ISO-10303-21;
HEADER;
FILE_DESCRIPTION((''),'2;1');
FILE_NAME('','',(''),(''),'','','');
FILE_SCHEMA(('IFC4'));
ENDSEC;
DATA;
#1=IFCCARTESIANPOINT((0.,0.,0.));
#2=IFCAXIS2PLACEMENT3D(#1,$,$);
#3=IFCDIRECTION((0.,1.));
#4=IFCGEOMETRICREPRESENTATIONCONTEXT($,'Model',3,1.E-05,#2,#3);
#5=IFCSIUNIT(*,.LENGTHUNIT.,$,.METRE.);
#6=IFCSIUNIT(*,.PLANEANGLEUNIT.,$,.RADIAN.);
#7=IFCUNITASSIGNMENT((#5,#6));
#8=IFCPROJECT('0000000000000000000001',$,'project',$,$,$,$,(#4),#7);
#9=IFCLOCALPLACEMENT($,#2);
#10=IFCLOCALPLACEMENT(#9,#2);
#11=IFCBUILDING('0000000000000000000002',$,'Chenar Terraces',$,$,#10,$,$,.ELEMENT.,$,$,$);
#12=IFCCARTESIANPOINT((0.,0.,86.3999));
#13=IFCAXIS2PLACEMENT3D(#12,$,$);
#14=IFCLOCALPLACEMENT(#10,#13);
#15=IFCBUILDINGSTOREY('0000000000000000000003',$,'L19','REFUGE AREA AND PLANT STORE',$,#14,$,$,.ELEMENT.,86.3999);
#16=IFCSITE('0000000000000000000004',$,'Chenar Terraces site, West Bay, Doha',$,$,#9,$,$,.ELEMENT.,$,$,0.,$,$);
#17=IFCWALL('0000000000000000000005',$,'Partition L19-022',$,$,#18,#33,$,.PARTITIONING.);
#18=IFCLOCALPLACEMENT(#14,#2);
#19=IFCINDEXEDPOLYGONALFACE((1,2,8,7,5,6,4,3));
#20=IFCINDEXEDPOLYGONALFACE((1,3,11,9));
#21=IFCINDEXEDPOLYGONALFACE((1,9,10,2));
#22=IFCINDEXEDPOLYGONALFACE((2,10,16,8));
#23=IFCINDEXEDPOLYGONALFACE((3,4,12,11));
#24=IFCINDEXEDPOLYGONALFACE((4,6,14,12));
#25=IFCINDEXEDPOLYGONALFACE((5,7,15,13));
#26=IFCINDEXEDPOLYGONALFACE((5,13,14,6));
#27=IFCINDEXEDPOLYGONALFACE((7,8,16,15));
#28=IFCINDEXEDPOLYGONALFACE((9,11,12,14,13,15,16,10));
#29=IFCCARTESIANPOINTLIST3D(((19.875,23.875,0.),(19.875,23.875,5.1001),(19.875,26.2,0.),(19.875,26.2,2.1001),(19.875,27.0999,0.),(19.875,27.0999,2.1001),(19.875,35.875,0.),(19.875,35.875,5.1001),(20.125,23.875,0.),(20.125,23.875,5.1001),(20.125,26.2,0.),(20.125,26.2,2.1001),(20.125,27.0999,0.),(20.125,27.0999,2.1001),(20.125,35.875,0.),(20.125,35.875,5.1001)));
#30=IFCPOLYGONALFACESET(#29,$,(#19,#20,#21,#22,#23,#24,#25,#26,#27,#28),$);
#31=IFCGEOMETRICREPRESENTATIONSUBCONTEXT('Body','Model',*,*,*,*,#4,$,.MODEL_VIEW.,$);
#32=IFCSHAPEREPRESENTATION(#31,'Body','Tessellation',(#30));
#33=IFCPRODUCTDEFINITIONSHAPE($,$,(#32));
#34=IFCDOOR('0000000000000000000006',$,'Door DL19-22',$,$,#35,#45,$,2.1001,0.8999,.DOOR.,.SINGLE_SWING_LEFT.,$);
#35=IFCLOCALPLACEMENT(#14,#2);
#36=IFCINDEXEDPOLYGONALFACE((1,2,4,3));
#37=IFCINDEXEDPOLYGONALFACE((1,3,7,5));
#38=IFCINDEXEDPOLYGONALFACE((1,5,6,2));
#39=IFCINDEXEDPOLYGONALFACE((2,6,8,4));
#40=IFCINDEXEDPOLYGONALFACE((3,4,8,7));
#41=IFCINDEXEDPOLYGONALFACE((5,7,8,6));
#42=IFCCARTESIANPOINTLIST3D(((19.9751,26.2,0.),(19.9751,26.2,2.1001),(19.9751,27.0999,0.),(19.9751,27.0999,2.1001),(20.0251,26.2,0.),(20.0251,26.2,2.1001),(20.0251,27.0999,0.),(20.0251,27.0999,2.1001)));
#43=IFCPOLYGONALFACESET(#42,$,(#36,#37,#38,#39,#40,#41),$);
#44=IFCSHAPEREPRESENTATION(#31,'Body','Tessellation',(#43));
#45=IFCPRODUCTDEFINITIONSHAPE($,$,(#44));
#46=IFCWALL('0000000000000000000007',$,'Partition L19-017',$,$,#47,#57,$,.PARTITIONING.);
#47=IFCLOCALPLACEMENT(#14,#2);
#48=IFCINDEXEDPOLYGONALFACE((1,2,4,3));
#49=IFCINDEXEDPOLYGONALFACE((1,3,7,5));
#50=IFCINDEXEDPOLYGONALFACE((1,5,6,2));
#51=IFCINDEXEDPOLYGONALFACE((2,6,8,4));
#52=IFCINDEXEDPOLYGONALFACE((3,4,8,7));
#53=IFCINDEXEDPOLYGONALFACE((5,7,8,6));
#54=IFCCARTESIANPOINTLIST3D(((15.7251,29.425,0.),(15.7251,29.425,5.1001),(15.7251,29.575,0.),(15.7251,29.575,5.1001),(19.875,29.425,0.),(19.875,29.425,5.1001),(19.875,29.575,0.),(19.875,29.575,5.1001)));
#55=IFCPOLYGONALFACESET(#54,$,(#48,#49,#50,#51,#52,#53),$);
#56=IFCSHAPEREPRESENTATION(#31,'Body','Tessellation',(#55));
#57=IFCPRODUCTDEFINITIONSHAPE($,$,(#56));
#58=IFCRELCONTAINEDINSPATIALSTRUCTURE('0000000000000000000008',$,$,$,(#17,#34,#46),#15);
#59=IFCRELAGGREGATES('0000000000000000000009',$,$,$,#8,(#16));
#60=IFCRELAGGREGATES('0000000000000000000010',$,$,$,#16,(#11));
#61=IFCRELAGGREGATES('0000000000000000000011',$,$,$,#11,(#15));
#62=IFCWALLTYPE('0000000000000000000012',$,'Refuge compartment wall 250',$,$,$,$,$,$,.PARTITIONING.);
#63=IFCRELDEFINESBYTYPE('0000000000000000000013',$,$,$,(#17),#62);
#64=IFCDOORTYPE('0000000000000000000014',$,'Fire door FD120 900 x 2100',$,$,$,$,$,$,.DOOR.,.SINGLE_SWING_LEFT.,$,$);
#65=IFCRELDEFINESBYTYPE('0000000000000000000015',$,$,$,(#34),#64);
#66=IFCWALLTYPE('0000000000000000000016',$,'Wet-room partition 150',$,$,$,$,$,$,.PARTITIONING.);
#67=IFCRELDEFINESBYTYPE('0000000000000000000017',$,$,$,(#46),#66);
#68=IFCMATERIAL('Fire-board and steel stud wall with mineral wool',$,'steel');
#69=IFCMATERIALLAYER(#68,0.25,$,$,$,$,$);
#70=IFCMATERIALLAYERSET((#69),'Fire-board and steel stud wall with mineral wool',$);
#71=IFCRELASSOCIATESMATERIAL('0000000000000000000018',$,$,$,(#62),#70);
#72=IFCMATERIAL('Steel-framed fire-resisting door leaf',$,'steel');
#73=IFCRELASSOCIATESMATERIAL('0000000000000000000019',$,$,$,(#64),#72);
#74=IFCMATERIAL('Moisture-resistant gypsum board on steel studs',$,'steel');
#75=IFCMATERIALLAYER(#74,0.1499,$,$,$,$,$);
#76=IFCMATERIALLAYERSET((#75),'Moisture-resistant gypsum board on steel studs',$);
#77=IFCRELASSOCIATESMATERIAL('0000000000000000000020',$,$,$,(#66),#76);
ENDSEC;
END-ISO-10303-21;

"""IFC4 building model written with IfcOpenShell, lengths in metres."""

from ifc_helpers import new_model, si_unit, direction, frame, frame_2d, origin, place, context, subcontext, project, spatial, rectangle, extrude, material, layer, layer_set, type_object, element, fill, save


model = new_model("IFC4")

# Units and contexts
model_context = context("Model", 3, precision=1e-05, world=origin(), true_north=direction((0.0, 1.0)))
body_context = subcontext(model_context, "Body", "Model", "MODEL_VIEW")
ifc_project = project(units=[si_unit("LENGTHUNIT", "METRE"), si_unit("PLANEANGLEUNIT", "RADIAN")], contexts=[model_context])

# Site, building, storey
site_placement = place(None, origin())
site = spatial("IfcSite", under=ifc_project, at=site_placement, Name="Chenar Terraces site, West Bay, Doha", CompositionType="ELEMENT", RefElevation=0.0)
building_placement = place(site_placement, origin())
building = spatial("IfcBuilding", under=site, at=building_placement, Name="Chenar Terraces", CompositionType="ELEMENT")
storey_placement = place(building_placement, frame((0.0, 0.0, 86.3999)))
storey = spatial("IfcBuildingStorey", under=building, at=storey_placement, Name="L19", Description="REFUGE AREA AND PLANT STORE", CompositionType="ELEMENT", Elevation=86.3999)

# Shared definitions
ifc_material_1 = material(Name="Fire-board and steel stud wall with mineral wool", Category="steel")
ifc_layer_1 = layer(ifc_material_1, 0.25)
ifc_layer_set_1 = layer_set([ifc_layer_1], Name="Fire-board and steel stud wall with mineral wool")
wall_type_1 = type_object("IfcWallType", Name="Refuge compartment wall 250", PredefinedType="PARTITIONING", material=ifc_layer_set_1)

# Shared definitions
ifc_material_2 = material(Name="Steel-framed fire-resisting door leaf", Category="steel")
door_type_1 = type_object("IfcDoorType", Name="Fire door FD120 900 x 2100", OperationType="SINGLE_SWING_LEFT", PredefinedType="DOOR", material=ifc_material_2)

# Wall, opening, door
wall_1_placement = place(storey_placement, frame((20.0, 23.875, 0.0), z_axis=(0.0, 0.0, 1.0), x_axis=(0.0, 1.0, 0.0)))
wall_1 = element("IfcWall", 1, at=wall_1_placement, inside=storey, type_object=wall_type_1, Name="Partition L19-022", PredefinedType="PARTITIONING", context=body_context, shape_type="SweptSolid", body=[
    extrude(rectangle(XDim=12.0, YDim=0.25, at=frame_2d((6.0, 0.0))), origin(), (0.0, 0.0, 1.0), 5.1001),
])
opening_1_placement = place(wall_1_placement, frame((2.325, 0.0, 0.0)))
opening_1 = element("IfcOpeningElement", 2, at=opening_1_placement, cuts=wall_1, PredefinedType="OPENING", context=body_context, shape_type="SweptSolid", body=[
    extrude(rectangle(XDim=0.8999, YDim=2.1001, at=frame_2d((0.45, 1.05))), frame((0.0, 0.135, 0.0), z_axis=(0.0, -1.0, 0.0), x_axis=(1.0, 0.0, 0.0)), (0.0, 0.0, 1.0), 0.27),
])
door_1_placement = place(opening_1_placement, origin())
door_1 = element("IfcDoor", 3, at=door_1_placement, inside=storey, type_object=door_type_1, Name="Door DL19-22", OperationType="SINGLE_SWING_LEFT", OverallHeight=2.1001, OverallWidth=0.8999, PredefinedType="DOOR", context=body_context, shape_type="SweptSolid", body=[
    extrude(rectangle(XDim=0.8999, YDim=2.1001, at=frame_2d((0.45, 1.05))), frame((0.0, 0.0249, 0.0), z_axis=(0.0, -1.0, 0.0), x_axis=(1.0, 0.0, 0.0)), (0.0, 0.0, 1.0), 0.05),
])
fill(opening_1, door_1)

# Wall
ifc_material_3 = material(Name="Moisture-resistant gypsum board on steel studs", Category="steel")
ifc_layer_2 = layer(ifc_material_3, 0.1499)
ifc_layer_set_2 = layer_set([ifc_layer_2], Name="Moisture-resistant gypsum board on steel studs")
wall_type_2 = type_object("IfcWallType", Name="Wet-room partition 150", PredefinedType="PARTITIONING", material=ifc_layer_set_2)
wall_2_placement = place(storey_placement, frame((15.7251, 29.5, 0.0), z_axis=(0.0, 0.0, 1.0), x_axis=(1.0, 0.0, 0.0)))
element("IfcWall", 4, at=wall_2_placement, inside=storey, type_object=wall_type_2, Name="Partition L19-017", PredefinedType="PARTITIONING", context=body_context, shape_type="SweptSolid", body=[
    extrude(rectangle(XDim=4.1499, YDim=0.1499, at=frame_2d((2.075, 0.0))), origin(), (0.0, 0.0, 1.0), 5.1001),
])

save(model, "model.ifc")
